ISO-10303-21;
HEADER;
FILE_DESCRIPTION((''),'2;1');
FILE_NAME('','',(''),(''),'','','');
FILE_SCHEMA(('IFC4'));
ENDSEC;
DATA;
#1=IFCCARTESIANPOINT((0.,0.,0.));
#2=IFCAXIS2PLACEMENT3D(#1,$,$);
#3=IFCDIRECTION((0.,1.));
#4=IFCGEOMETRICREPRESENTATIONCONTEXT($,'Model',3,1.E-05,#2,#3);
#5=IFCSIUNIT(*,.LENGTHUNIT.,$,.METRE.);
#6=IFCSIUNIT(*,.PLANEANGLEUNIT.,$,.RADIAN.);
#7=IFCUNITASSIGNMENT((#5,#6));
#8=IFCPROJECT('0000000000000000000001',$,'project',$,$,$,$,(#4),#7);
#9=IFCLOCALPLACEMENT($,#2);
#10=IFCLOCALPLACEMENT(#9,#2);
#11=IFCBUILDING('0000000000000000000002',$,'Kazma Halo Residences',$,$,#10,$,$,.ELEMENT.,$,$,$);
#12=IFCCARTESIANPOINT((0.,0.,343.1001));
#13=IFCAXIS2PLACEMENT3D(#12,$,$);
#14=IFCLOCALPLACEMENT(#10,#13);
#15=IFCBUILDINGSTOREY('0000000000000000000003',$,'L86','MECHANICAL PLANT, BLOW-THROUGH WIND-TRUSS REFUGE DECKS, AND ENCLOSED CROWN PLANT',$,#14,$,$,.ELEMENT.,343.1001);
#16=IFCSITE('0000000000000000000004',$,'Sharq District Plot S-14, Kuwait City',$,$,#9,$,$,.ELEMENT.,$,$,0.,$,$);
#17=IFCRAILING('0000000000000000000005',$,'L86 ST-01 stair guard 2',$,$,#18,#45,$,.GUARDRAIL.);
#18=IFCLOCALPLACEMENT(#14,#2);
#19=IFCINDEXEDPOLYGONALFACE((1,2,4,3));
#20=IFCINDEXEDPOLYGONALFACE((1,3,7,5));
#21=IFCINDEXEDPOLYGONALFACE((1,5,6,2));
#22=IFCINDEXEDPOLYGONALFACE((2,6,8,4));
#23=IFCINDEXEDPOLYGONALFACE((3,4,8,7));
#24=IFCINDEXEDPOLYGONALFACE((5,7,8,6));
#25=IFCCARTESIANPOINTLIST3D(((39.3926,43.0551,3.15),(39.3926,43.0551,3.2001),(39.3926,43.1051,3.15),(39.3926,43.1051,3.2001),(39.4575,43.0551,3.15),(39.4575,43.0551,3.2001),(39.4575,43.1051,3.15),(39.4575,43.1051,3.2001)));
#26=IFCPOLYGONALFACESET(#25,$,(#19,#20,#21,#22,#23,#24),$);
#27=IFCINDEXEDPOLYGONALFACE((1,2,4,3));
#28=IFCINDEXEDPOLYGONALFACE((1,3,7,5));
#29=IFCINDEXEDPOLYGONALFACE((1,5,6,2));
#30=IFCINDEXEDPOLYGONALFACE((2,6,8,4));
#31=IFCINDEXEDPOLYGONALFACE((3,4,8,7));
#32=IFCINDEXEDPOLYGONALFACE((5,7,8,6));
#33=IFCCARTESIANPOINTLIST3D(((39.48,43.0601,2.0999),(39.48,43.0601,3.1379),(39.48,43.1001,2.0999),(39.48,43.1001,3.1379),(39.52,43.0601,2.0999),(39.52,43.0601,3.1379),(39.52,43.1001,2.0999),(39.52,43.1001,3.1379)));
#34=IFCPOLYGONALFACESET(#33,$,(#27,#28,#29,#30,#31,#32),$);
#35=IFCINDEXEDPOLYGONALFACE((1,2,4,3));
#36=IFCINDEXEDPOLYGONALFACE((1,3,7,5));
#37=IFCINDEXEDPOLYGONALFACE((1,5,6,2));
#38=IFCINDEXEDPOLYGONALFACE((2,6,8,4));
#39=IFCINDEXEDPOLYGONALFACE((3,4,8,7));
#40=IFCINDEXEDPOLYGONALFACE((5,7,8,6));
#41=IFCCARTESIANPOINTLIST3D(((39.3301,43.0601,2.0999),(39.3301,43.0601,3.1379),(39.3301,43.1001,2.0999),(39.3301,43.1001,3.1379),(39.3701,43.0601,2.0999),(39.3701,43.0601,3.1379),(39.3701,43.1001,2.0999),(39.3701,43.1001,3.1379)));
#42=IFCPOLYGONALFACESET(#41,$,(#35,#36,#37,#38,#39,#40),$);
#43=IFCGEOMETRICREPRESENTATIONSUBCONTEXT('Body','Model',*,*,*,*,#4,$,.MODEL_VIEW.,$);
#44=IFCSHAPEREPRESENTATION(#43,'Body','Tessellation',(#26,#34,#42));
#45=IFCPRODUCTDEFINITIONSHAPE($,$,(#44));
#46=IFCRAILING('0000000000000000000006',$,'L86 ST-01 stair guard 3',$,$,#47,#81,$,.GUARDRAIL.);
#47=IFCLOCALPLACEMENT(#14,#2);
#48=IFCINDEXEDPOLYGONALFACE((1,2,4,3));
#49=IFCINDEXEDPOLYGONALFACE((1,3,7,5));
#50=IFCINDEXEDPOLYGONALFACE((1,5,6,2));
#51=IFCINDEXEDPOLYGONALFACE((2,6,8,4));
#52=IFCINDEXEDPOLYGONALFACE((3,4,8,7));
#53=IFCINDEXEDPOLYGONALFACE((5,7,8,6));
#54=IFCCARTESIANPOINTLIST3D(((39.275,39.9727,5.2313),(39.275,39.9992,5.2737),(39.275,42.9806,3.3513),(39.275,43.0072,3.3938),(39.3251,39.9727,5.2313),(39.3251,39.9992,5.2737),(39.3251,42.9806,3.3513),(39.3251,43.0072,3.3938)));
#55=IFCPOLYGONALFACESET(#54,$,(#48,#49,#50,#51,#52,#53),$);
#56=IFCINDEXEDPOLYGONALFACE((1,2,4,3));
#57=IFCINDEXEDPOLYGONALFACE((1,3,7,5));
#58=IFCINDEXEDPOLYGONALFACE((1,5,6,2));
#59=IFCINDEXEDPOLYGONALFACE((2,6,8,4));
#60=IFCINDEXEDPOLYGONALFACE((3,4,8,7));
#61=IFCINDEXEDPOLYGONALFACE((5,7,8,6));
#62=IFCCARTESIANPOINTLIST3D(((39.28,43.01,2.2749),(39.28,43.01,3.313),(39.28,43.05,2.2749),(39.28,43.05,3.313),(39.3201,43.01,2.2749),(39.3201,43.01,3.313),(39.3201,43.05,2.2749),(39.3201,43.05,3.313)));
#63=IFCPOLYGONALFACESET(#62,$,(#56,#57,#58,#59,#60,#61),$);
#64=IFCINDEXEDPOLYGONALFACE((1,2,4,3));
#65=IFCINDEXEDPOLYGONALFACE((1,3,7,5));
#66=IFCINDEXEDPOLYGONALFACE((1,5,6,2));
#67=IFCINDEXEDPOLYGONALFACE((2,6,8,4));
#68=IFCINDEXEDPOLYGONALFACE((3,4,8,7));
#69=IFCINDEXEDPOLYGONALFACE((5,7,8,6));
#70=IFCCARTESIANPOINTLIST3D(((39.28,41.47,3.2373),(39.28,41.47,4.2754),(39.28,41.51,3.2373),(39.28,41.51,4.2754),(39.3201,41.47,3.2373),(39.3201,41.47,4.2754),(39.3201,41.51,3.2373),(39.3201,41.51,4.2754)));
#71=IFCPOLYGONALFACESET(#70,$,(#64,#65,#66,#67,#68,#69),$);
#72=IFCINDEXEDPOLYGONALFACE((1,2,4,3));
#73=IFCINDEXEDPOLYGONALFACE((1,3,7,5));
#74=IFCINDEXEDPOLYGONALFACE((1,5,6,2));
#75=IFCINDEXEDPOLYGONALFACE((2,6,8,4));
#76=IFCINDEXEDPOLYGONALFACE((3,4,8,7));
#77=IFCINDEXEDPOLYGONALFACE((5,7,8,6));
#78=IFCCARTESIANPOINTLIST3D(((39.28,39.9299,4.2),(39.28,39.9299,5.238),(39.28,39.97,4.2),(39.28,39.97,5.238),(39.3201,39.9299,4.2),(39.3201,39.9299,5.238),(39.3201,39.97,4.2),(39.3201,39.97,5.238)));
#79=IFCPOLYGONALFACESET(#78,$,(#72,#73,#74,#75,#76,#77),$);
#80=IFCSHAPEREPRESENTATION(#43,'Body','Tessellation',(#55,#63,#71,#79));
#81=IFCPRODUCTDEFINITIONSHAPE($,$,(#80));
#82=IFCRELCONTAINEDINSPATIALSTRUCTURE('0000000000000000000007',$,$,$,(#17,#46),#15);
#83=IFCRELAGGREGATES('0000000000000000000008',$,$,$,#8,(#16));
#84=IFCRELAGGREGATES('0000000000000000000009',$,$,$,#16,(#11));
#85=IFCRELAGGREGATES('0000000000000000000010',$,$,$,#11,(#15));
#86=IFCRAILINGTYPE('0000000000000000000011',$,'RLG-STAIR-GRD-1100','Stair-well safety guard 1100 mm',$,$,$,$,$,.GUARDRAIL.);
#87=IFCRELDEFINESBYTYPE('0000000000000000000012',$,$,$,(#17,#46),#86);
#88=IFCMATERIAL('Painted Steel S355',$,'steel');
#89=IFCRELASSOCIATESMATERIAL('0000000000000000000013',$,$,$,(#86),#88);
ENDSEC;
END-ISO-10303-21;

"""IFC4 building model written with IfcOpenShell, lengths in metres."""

from ifc_helpers import new_model, si_unit, direction, frame, origin, origin_2d, place, context, subcontext, project, spatial, rectangle, extrude, material, type_object, element, save


model = new_model("IFC4")

# Units and contexts
model_context = context("Model", 3, precision=1e-05, world=origin(), true_north=direction((0.0, 1.0)))
body_context = subcontext(model_context, "Body", "Model", "MODEL_VIEW")
ifc_project = project(units=[si_unit("LENGTHUNIT", "METRE"), si_unit("PLANEANGLEUNIT", "RADIAN")], contexts=[model_context])

# Site, building, storey
site_placement = place(None, origin())
site = spatial("IfcSite", under=ifc_project, at=site_placement, Name="Sharq District Plot S-14, Kuwait City", CompositionType="ELEMENT", RefElevation=0.0)
building_placement = place(site_placement, origin())
building = spatial("IfcBuilding", under=site, at=building_placement, Name="Kazma Halo Residences", CompositionType="ELEMENT")
storey_placement = place(building_placement, frame((0.0, 0.0, 343.1001)))
storey = spatial("IfcBuildingStorey", under=building, at=storey_placement, Name="L86", Description="MECHANICAL PLANT, BLOW-THROUGH WIND-TRUSS REFUGE DECKS, AND ENCLOSED CROWN PLANT", CompositionType="ELEMENT", Elevation=343.1001)

# Railings
ifc_material_1 = material(Name="Painted Steel S355", Category="steel")
railing_type = type_object("IfcRailingType", Name="RLG-STAIR-GRD-1100", Description="Stair-well safety guard 1100 mm", PredefinedType="GUARDRAIL", material=ifc_material_1)
railing_1_placement = place(storey_placement, frame((39.5, 43.0801, 2.0999)))
element("IfcRailing", 1, at=railing_1_placement, inside=storey, type_object=railing_type, Name="L86 ST-01 stair guard 2", PredefinedType="GUARDRAIL", context=body_context, shape_type="SweptSolid", body=[
    extrude(rectangle(XDim=0.05, YDim=0.05, at=origin_2d()), frame((-0.0425, 0.0, 1.0752), z_axis=(-1.0, 0.0, 0.0), x_axis=(0.0, -1.0, 0.0)), (0.0, 0.0, 1.0), 0.0649),
    extrude(rectangle(XDim=0.04, YDim=0.04, at=origin_2d()), origin(), (0.0, 0.0, 1.0), 1.0381),
    extrude(rectangle(XDim=0.04, YDim=0.04, at=origin_2d()), frame((-0.1499, 0.0, 0.0)), (0.0, 0.0, 1.0), 1.0381),
])
railing_2_placement = place(storey_placement, frame((39.3, 43.03, 2.2749)))
element("IfcRailing", 2, at=railing_2_placement, inside=storey, type_object=railing_type, Name="L86 ST-01 stair guard 3", PredefinedType="GUARDRAIL", context=body_context, shape_type="SweptSolid", body=[
    extrude(rectangle(XDim=0.05, YDim=0.05, at=origin_2d()), frame((0.0, -0.0361, 1.0977), z_axis=(0.0, -0.847998, 0.529999), x_axis=(1.0, 0.0, 0.0)), (0.0, 0.0, 1.0), 3.5471),
    extrude(rectangle(XDim=0.04, YDim=0.04, at=origin_2d()), origin(), (0.0, 0.0, 1.0), 1.0381),
    extrude(rectangle(XDim=0.04, YDim=0.04, at=origin_2d()), frame((0.0, -1.54, 0.9624)), (0.0, 0.0, 1.0), 1.0381),
    extrude(rectangle(XDim=0.04, YDim=0.04, at=origin_2d()), frame((0.0, -3.0801, 1.925)), (0.0, 0.0, 1.0), 1.0381),
])

save(model, "model.ifc")
